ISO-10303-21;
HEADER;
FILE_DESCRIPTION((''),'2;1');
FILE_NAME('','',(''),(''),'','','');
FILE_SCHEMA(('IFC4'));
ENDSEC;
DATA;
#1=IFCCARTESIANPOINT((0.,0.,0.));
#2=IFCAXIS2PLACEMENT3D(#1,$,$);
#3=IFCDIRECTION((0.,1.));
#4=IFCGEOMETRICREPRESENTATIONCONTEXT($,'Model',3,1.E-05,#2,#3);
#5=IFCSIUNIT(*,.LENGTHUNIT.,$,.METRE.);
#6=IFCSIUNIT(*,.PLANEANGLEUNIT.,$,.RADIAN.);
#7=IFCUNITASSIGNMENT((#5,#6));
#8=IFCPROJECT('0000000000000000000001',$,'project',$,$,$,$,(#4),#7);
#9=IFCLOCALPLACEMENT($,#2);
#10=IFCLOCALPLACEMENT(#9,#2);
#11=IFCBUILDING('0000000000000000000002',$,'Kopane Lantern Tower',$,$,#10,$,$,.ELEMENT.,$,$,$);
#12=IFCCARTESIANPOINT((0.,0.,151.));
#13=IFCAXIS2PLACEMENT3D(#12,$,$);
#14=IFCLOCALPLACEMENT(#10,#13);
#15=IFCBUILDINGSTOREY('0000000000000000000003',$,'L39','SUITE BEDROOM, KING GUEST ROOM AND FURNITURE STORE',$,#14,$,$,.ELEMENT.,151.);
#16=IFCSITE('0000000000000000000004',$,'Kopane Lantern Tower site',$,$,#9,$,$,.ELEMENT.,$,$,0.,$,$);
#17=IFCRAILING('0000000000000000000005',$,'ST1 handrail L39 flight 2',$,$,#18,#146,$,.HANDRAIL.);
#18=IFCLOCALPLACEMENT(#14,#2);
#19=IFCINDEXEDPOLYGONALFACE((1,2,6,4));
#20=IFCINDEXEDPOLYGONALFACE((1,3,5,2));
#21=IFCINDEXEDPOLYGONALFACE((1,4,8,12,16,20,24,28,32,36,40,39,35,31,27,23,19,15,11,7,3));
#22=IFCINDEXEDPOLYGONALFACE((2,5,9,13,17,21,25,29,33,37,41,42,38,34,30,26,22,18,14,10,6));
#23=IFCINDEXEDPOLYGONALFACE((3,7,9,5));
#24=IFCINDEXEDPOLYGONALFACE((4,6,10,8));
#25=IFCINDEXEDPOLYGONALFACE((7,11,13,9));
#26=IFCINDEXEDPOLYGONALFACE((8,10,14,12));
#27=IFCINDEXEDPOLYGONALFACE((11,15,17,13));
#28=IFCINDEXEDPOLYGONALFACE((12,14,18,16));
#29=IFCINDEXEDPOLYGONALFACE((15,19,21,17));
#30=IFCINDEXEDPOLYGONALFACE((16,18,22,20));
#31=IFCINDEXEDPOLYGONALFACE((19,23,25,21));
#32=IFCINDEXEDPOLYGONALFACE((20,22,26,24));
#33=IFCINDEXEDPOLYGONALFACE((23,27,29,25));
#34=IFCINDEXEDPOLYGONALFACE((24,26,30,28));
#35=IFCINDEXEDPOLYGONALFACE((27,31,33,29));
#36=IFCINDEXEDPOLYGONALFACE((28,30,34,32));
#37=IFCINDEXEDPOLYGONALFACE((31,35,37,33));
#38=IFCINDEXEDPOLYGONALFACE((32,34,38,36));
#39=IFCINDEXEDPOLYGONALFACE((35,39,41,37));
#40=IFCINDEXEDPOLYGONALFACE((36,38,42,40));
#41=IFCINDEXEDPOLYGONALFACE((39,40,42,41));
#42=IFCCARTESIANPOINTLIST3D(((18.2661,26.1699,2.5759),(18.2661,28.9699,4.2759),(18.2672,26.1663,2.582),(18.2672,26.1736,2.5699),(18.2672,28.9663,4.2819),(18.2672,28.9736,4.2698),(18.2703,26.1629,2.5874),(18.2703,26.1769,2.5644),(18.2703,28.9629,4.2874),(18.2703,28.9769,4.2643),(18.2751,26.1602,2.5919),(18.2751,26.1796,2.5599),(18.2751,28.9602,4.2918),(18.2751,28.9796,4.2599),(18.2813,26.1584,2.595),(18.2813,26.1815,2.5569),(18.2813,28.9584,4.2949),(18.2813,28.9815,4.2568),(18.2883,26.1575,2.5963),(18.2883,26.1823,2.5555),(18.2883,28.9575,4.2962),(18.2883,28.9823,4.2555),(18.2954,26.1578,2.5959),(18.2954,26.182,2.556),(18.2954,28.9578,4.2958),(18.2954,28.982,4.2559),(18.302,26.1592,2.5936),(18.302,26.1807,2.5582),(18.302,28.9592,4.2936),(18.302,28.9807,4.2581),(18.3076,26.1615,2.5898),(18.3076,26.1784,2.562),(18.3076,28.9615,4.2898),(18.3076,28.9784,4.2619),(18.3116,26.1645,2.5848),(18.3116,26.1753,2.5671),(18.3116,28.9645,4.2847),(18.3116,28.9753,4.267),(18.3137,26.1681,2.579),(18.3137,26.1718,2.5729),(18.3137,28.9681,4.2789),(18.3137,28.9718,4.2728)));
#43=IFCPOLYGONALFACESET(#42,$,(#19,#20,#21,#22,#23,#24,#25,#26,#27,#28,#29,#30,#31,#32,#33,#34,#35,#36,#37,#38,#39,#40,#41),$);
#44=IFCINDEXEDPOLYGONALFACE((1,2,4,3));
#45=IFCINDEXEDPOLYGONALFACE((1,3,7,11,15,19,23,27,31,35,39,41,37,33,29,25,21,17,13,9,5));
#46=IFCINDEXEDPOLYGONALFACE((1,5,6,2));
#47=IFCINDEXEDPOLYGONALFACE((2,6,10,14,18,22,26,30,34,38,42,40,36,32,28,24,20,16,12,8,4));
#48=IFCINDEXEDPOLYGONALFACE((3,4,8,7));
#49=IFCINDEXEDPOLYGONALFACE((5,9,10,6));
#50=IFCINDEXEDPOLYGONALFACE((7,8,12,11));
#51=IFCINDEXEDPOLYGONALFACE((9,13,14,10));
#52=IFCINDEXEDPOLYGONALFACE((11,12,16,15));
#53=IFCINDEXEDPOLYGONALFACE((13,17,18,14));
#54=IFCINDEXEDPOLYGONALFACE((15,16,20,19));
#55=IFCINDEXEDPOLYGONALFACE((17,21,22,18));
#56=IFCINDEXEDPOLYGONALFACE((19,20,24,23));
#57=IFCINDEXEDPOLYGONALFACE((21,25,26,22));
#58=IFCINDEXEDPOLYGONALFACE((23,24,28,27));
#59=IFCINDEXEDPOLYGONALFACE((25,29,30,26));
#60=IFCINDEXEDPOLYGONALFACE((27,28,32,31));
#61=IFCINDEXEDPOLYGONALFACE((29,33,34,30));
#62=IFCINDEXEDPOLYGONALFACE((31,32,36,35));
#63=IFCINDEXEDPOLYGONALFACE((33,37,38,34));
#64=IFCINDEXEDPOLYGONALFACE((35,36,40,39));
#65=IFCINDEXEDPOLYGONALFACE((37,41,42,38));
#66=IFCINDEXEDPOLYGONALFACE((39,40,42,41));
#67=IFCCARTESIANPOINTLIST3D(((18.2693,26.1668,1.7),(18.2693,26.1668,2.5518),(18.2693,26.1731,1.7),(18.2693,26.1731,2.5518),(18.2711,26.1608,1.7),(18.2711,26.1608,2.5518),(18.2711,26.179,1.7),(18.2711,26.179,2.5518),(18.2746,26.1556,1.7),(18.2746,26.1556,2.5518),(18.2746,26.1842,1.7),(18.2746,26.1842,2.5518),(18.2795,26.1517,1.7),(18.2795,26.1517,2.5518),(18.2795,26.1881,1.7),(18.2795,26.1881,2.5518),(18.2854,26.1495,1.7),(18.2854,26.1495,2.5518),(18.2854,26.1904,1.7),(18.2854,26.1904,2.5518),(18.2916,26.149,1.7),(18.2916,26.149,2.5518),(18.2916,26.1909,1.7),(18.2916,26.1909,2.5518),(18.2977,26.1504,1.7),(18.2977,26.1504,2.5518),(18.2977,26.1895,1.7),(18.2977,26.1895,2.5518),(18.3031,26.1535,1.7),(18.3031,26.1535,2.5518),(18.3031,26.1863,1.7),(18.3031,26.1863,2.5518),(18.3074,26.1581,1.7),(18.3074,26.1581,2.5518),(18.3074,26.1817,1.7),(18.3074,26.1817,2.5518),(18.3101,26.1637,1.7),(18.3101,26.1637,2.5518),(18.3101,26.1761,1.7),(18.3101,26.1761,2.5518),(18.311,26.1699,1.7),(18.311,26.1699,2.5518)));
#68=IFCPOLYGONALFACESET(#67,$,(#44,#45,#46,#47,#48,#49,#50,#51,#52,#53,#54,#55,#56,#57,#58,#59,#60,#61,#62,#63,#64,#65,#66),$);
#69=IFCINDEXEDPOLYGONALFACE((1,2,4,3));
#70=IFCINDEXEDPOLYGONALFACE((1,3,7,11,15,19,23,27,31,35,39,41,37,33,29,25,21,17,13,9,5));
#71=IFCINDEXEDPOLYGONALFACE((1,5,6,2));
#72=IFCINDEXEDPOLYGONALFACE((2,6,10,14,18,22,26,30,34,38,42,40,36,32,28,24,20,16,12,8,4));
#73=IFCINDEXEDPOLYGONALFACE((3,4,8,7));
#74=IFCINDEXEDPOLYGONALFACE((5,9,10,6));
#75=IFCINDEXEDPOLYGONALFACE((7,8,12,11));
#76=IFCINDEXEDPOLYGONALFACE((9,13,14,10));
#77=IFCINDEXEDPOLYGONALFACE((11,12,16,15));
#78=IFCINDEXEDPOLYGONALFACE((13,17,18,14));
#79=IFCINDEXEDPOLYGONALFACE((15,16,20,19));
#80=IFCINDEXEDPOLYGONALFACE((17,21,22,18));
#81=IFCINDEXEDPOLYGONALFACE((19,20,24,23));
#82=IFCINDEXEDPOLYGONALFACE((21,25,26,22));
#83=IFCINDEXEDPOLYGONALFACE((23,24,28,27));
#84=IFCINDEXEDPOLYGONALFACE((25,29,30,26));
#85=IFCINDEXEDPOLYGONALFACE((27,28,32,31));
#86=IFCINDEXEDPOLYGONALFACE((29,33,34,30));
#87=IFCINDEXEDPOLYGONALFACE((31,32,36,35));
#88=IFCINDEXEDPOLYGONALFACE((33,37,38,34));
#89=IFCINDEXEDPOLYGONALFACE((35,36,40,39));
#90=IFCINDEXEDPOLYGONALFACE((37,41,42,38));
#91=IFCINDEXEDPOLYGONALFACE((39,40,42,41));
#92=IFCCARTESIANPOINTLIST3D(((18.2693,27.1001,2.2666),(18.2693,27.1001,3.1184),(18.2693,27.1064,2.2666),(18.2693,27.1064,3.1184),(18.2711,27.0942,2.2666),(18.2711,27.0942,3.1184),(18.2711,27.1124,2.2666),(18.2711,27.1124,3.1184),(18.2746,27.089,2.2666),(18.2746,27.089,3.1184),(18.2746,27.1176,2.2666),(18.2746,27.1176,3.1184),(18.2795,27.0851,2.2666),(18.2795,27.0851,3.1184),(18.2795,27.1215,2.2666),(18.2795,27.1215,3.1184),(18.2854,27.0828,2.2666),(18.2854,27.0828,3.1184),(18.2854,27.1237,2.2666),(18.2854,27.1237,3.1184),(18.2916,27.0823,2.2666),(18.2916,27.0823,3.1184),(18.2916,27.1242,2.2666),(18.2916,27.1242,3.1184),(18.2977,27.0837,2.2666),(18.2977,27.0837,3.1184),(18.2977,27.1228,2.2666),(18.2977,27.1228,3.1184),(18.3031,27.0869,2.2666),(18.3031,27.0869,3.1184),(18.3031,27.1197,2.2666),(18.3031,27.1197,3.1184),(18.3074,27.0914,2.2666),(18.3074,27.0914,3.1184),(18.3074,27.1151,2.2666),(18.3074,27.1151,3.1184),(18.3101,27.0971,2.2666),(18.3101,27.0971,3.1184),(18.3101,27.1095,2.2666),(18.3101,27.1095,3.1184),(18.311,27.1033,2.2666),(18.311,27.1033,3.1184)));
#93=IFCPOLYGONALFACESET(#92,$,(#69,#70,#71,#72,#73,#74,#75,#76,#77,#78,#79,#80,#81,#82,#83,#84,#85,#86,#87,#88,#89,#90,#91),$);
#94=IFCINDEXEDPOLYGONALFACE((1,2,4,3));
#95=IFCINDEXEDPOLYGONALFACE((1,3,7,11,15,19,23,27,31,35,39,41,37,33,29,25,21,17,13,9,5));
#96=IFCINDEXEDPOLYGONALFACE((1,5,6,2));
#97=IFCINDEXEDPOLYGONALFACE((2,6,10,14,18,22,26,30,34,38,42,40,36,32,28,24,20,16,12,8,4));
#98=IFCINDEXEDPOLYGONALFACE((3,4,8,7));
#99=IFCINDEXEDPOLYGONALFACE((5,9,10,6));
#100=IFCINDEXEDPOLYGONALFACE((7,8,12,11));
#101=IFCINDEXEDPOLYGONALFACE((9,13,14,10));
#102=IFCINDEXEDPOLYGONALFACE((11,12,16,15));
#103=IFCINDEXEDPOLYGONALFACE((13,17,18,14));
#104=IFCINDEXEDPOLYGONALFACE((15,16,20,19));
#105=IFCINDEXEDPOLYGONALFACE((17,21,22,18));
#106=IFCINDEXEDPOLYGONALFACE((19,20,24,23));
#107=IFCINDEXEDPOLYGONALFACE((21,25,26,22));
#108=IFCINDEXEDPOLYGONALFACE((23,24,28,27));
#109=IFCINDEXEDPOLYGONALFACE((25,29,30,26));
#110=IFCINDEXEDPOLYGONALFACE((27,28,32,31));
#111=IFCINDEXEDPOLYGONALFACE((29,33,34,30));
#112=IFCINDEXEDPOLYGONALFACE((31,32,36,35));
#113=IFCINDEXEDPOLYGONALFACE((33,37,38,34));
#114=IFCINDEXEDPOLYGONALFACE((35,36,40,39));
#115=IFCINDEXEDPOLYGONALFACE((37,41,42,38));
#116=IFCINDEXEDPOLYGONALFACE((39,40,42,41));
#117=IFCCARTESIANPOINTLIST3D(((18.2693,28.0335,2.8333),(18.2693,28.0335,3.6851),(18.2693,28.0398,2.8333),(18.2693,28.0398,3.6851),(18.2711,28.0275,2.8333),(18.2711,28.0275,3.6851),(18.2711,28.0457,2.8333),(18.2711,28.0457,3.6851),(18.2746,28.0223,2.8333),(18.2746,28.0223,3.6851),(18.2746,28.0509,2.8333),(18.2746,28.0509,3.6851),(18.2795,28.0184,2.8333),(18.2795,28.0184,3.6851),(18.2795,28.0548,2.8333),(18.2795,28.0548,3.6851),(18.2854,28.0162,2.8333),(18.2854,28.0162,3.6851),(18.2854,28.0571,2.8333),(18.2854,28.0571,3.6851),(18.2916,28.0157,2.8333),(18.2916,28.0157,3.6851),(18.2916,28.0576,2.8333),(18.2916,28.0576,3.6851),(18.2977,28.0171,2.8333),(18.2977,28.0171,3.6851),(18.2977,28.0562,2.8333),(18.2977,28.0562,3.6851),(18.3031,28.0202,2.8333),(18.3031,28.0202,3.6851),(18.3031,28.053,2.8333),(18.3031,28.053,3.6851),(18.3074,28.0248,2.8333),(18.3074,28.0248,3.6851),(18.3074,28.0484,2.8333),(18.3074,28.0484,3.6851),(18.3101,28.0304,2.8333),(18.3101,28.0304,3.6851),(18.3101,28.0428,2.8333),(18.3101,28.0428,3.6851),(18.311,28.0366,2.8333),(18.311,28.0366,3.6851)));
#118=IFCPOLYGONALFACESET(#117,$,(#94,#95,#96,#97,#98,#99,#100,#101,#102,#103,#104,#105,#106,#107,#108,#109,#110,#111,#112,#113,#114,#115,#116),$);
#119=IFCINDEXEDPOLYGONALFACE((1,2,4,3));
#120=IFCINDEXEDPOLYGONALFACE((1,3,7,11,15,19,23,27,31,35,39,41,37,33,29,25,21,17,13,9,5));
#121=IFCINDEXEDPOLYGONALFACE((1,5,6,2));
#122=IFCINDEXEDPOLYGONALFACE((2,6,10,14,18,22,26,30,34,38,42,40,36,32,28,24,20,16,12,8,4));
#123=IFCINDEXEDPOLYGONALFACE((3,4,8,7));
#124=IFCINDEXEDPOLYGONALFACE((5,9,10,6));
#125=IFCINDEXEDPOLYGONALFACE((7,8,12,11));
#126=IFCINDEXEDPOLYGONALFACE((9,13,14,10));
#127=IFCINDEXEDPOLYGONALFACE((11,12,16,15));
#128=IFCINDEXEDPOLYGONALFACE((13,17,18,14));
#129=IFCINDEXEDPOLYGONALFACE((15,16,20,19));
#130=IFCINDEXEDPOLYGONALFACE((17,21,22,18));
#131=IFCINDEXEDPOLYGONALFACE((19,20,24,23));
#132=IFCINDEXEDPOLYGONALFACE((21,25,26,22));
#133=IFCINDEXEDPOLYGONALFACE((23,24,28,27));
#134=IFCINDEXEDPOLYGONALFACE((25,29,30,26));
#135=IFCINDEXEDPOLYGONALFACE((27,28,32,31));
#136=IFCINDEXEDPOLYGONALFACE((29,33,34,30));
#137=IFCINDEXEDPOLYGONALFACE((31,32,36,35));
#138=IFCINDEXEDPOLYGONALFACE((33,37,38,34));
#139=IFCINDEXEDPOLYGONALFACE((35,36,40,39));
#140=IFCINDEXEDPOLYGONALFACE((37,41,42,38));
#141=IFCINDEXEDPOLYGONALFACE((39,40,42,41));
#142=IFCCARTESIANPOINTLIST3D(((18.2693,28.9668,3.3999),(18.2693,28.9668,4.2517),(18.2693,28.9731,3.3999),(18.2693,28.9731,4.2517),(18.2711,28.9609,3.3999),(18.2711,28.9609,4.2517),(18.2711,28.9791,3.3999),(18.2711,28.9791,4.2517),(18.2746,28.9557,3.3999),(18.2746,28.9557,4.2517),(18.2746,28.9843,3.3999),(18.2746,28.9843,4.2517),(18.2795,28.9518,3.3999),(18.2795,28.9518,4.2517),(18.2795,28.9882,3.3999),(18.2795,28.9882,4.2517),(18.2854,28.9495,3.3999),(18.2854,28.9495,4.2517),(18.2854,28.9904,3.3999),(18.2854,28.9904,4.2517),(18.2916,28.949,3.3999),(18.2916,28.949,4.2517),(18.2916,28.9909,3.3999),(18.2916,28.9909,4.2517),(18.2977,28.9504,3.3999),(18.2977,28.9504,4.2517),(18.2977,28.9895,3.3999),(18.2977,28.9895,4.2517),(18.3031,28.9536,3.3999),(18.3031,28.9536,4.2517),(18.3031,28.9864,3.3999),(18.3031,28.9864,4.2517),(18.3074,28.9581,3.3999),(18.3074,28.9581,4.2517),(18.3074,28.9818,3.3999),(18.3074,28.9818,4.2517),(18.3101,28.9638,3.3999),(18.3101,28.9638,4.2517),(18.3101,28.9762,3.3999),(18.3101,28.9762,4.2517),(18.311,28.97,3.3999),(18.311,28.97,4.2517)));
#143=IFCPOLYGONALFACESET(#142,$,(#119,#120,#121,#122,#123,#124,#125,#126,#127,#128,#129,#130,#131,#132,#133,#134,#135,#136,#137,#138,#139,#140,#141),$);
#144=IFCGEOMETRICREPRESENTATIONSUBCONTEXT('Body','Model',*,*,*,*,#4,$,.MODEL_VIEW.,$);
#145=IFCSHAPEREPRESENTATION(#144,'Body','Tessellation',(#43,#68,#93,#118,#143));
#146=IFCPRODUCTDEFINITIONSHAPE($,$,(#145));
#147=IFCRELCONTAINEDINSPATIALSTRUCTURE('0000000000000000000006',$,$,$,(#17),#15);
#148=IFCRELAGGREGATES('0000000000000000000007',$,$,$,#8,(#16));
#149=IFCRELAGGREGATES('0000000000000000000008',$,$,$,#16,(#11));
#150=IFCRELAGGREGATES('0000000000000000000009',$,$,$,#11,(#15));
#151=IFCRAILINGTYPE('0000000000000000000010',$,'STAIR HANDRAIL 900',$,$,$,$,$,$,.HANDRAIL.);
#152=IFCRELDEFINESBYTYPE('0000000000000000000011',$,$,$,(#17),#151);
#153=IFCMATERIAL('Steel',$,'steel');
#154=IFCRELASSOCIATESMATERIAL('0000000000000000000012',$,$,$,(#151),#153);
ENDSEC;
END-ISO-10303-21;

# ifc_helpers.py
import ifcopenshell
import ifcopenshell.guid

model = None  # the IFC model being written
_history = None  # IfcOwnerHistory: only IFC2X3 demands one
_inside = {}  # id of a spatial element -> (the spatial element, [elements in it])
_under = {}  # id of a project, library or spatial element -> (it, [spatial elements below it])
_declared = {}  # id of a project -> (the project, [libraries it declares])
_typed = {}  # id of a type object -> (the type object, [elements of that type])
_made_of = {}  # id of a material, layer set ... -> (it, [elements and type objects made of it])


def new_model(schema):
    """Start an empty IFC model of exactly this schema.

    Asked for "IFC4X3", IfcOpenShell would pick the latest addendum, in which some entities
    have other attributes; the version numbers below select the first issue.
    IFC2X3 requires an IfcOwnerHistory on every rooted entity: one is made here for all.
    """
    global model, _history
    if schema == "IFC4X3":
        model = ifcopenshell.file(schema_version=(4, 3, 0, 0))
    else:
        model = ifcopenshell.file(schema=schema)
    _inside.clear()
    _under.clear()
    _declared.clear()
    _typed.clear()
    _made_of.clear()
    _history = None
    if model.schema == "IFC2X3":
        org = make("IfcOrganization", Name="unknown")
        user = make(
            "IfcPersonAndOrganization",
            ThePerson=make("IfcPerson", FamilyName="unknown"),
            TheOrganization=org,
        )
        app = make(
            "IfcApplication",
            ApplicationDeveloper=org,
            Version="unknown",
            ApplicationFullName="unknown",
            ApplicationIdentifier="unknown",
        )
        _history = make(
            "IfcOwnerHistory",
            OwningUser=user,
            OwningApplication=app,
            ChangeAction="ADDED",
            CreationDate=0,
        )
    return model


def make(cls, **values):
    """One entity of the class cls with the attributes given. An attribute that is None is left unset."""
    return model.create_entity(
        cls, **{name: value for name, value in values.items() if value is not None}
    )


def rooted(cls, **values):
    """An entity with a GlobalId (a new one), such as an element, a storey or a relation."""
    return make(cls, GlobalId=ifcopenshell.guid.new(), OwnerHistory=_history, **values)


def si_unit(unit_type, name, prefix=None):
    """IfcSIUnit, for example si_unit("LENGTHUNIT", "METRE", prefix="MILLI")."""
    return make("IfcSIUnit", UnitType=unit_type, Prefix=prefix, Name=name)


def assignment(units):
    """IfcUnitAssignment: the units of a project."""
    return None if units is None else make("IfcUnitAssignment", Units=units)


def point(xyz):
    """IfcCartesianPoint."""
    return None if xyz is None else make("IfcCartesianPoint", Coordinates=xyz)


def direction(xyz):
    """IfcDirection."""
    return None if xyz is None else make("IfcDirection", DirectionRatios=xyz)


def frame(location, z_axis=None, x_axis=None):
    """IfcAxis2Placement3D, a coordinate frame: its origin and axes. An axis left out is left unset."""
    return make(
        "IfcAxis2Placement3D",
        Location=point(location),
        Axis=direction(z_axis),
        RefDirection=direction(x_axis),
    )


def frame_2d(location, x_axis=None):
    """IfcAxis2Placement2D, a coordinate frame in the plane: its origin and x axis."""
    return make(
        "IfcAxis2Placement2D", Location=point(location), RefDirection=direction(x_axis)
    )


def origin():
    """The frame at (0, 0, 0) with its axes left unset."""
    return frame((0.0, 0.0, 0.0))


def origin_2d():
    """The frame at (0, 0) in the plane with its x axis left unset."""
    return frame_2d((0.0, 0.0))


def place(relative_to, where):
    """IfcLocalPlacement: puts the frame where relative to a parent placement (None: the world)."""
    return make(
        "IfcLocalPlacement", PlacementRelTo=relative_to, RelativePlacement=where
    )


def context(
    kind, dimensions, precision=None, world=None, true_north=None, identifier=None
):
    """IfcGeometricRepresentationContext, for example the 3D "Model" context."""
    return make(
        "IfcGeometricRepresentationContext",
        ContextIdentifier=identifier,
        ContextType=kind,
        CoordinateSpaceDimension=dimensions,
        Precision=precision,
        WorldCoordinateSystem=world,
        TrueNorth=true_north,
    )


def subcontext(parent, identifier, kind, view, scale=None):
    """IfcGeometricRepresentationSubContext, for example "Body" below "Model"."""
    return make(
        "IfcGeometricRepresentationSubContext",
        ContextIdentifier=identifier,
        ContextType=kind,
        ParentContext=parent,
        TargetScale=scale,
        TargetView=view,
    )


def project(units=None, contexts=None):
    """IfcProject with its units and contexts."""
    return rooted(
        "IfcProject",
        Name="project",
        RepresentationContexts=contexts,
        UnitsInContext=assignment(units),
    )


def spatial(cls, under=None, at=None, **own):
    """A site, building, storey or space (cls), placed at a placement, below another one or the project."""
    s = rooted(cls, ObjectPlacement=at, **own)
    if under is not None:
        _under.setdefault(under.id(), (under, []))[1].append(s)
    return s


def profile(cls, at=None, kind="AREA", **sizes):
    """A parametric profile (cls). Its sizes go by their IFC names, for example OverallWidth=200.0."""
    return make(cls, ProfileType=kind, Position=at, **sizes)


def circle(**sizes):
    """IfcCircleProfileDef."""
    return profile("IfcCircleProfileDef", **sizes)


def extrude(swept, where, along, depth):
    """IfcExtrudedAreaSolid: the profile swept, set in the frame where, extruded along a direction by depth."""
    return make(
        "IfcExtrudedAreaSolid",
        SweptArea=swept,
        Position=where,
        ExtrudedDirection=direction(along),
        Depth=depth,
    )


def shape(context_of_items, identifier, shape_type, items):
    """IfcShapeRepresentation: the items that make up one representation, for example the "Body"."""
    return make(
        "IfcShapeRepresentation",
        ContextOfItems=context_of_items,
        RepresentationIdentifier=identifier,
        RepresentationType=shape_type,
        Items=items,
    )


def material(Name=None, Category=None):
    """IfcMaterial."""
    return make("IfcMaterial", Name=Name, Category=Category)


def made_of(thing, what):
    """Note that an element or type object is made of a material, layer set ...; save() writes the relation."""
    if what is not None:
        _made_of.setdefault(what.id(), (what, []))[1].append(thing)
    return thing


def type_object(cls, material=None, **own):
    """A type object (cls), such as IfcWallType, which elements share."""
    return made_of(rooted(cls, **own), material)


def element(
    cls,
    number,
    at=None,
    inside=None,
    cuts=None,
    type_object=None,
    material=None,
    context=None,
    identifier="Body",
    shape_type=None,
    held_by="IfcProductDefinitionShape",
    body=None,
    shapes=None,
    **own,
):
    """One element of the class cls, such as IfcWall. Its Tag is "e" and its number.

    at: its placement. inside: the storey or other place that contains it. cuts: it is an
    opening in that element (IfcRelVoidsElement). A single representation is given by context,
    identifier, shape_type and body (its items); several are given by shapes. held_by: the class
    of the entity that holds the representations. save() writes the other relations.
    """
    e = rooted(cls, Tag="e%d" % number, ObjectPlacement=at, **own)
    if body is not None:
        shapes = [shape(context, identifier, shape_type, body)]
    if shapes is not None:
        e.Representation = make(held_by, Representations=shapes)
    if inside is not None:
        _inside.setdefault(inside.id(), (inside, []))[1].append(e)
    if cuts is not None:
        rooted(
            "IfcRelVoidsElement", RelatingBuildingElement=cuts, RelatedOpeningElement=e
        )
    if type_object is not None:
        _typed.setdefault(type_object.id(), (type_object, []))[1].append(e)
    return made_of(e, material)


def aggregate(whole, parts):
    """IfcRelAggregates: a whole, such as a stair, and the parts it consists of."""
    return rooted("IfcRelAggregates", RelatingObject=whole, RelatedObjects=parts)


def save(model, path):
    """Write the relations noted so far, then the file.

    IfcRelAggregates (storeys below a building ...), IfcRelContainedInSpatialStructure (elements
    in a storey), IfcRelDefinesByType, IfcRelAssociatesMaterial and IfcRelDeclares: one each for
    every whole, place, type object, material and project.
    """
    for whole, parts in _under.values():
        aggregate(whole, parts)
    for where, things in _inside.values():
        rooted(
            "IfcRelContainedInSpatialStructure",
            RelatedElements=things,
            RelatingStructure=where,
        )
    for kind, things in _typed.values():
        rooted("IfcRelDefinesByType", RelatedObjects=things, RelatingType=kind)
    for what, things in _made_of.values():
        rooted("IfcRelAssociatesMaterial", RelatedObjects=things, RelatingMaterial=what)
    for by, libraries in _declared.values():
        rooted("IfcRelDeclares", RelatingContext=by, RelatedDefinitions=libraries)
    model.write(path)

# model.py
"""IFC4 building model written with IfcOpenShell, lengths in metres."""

from ifc_helpers import new_model, si_unit, direction, frame, origin, origin_2d, place, context, subcontext, project, spatial, circle, extrude, material, type_object, element, save


model = new_model("IFC4")

# Units and contexts
model_context = context("Model", 3, precision=1e-05, world=origin(), true_north=direction((0.0, 1.0)))
body_context = subcontext(model_context, "Body", "Model", "MODEL_VIEW")
ifc_project = project(units=[si_unit("LENGTHUNIT", "METRE"), si_unit("PLANEANGLEUNIT", "RADIAN")], contexts=[model_context])

# Site, building, storey
site_placement = place(None, origin())
site = spatial("IfcSite", under=ifc_project, at=site_placement, Name="Kopane Lantern Tower site", CompositionType="ELEMENT", RefElevation=0.0)
building_placement = place(site_placement, origin())
building = spatial("IfcBuilding", under=site, at=building_placement, Name="Kopane Lantern Tower", CompositionType="ELEMENT")
storey_placement = place(building_placement, frame((0.0, 0.0, 151.0)))
storey = spatial("IfcBuildingStorey", under=building, at=storey_placement, Name="L39", Description="SUITE BEDROOM, KING GUEST ROOM AND FURNITURE STORE", CompositionType="ELEMENT", Elevation=151.0)

# Railing
ifc_material_1 = material(Name="Steel", Category="steel")
railing_type_1 = type_object("IfcRailingType", Name="STAIR HANDRAIL 900", PredefinedType="HANDRAIL", material=ifc_material_1)
for number, where, name in (
    (1, (18.29, 26.1699, 1.7), "ST1 handrail L39 flight 2"),
):
    element("IfcRailing", number, at=place(storey_placement, frame(where)), inside=storey, type_object=railing_type_1, Name=name, PredefinedType="HANDRAIL", context=body_context, shape_type="SweptSolid", body=[
        extrude(circle(Radius=0.0239, at=origin_2d()), frame((0.0, 0.0, 0.876), z_axis=(0.0, 0.854798, 0.518961), x_axis=(-1.0, 0.0, 0.0)), (0.0, 0.0, 1.0), 3.2756),
        extrude(circle(Radius=0.021, at=origin_2d()), origin(), (0.0, 0.0, 1.0), 0.8518),
        extrude(circle(Radius=0.021, at=origin_2d()), frame((0.0, 0.9333, 0.5667)), (0.0, 0.0, 1.0), 0.8518),
        extrude(circle(Radius=0.021, at=origin_2d()), frame((0.0, 1.8667, 1.1333)), (0.0, 0.0, 1.0), 0.8518),
        extrude(circle(Radius=0.021, at=origin_2d()), frame((0.0, 2.8, 1.7)), (0.0, 0.0, 1.0), 0.8518),
    ])

save(model, "model.ifc")
